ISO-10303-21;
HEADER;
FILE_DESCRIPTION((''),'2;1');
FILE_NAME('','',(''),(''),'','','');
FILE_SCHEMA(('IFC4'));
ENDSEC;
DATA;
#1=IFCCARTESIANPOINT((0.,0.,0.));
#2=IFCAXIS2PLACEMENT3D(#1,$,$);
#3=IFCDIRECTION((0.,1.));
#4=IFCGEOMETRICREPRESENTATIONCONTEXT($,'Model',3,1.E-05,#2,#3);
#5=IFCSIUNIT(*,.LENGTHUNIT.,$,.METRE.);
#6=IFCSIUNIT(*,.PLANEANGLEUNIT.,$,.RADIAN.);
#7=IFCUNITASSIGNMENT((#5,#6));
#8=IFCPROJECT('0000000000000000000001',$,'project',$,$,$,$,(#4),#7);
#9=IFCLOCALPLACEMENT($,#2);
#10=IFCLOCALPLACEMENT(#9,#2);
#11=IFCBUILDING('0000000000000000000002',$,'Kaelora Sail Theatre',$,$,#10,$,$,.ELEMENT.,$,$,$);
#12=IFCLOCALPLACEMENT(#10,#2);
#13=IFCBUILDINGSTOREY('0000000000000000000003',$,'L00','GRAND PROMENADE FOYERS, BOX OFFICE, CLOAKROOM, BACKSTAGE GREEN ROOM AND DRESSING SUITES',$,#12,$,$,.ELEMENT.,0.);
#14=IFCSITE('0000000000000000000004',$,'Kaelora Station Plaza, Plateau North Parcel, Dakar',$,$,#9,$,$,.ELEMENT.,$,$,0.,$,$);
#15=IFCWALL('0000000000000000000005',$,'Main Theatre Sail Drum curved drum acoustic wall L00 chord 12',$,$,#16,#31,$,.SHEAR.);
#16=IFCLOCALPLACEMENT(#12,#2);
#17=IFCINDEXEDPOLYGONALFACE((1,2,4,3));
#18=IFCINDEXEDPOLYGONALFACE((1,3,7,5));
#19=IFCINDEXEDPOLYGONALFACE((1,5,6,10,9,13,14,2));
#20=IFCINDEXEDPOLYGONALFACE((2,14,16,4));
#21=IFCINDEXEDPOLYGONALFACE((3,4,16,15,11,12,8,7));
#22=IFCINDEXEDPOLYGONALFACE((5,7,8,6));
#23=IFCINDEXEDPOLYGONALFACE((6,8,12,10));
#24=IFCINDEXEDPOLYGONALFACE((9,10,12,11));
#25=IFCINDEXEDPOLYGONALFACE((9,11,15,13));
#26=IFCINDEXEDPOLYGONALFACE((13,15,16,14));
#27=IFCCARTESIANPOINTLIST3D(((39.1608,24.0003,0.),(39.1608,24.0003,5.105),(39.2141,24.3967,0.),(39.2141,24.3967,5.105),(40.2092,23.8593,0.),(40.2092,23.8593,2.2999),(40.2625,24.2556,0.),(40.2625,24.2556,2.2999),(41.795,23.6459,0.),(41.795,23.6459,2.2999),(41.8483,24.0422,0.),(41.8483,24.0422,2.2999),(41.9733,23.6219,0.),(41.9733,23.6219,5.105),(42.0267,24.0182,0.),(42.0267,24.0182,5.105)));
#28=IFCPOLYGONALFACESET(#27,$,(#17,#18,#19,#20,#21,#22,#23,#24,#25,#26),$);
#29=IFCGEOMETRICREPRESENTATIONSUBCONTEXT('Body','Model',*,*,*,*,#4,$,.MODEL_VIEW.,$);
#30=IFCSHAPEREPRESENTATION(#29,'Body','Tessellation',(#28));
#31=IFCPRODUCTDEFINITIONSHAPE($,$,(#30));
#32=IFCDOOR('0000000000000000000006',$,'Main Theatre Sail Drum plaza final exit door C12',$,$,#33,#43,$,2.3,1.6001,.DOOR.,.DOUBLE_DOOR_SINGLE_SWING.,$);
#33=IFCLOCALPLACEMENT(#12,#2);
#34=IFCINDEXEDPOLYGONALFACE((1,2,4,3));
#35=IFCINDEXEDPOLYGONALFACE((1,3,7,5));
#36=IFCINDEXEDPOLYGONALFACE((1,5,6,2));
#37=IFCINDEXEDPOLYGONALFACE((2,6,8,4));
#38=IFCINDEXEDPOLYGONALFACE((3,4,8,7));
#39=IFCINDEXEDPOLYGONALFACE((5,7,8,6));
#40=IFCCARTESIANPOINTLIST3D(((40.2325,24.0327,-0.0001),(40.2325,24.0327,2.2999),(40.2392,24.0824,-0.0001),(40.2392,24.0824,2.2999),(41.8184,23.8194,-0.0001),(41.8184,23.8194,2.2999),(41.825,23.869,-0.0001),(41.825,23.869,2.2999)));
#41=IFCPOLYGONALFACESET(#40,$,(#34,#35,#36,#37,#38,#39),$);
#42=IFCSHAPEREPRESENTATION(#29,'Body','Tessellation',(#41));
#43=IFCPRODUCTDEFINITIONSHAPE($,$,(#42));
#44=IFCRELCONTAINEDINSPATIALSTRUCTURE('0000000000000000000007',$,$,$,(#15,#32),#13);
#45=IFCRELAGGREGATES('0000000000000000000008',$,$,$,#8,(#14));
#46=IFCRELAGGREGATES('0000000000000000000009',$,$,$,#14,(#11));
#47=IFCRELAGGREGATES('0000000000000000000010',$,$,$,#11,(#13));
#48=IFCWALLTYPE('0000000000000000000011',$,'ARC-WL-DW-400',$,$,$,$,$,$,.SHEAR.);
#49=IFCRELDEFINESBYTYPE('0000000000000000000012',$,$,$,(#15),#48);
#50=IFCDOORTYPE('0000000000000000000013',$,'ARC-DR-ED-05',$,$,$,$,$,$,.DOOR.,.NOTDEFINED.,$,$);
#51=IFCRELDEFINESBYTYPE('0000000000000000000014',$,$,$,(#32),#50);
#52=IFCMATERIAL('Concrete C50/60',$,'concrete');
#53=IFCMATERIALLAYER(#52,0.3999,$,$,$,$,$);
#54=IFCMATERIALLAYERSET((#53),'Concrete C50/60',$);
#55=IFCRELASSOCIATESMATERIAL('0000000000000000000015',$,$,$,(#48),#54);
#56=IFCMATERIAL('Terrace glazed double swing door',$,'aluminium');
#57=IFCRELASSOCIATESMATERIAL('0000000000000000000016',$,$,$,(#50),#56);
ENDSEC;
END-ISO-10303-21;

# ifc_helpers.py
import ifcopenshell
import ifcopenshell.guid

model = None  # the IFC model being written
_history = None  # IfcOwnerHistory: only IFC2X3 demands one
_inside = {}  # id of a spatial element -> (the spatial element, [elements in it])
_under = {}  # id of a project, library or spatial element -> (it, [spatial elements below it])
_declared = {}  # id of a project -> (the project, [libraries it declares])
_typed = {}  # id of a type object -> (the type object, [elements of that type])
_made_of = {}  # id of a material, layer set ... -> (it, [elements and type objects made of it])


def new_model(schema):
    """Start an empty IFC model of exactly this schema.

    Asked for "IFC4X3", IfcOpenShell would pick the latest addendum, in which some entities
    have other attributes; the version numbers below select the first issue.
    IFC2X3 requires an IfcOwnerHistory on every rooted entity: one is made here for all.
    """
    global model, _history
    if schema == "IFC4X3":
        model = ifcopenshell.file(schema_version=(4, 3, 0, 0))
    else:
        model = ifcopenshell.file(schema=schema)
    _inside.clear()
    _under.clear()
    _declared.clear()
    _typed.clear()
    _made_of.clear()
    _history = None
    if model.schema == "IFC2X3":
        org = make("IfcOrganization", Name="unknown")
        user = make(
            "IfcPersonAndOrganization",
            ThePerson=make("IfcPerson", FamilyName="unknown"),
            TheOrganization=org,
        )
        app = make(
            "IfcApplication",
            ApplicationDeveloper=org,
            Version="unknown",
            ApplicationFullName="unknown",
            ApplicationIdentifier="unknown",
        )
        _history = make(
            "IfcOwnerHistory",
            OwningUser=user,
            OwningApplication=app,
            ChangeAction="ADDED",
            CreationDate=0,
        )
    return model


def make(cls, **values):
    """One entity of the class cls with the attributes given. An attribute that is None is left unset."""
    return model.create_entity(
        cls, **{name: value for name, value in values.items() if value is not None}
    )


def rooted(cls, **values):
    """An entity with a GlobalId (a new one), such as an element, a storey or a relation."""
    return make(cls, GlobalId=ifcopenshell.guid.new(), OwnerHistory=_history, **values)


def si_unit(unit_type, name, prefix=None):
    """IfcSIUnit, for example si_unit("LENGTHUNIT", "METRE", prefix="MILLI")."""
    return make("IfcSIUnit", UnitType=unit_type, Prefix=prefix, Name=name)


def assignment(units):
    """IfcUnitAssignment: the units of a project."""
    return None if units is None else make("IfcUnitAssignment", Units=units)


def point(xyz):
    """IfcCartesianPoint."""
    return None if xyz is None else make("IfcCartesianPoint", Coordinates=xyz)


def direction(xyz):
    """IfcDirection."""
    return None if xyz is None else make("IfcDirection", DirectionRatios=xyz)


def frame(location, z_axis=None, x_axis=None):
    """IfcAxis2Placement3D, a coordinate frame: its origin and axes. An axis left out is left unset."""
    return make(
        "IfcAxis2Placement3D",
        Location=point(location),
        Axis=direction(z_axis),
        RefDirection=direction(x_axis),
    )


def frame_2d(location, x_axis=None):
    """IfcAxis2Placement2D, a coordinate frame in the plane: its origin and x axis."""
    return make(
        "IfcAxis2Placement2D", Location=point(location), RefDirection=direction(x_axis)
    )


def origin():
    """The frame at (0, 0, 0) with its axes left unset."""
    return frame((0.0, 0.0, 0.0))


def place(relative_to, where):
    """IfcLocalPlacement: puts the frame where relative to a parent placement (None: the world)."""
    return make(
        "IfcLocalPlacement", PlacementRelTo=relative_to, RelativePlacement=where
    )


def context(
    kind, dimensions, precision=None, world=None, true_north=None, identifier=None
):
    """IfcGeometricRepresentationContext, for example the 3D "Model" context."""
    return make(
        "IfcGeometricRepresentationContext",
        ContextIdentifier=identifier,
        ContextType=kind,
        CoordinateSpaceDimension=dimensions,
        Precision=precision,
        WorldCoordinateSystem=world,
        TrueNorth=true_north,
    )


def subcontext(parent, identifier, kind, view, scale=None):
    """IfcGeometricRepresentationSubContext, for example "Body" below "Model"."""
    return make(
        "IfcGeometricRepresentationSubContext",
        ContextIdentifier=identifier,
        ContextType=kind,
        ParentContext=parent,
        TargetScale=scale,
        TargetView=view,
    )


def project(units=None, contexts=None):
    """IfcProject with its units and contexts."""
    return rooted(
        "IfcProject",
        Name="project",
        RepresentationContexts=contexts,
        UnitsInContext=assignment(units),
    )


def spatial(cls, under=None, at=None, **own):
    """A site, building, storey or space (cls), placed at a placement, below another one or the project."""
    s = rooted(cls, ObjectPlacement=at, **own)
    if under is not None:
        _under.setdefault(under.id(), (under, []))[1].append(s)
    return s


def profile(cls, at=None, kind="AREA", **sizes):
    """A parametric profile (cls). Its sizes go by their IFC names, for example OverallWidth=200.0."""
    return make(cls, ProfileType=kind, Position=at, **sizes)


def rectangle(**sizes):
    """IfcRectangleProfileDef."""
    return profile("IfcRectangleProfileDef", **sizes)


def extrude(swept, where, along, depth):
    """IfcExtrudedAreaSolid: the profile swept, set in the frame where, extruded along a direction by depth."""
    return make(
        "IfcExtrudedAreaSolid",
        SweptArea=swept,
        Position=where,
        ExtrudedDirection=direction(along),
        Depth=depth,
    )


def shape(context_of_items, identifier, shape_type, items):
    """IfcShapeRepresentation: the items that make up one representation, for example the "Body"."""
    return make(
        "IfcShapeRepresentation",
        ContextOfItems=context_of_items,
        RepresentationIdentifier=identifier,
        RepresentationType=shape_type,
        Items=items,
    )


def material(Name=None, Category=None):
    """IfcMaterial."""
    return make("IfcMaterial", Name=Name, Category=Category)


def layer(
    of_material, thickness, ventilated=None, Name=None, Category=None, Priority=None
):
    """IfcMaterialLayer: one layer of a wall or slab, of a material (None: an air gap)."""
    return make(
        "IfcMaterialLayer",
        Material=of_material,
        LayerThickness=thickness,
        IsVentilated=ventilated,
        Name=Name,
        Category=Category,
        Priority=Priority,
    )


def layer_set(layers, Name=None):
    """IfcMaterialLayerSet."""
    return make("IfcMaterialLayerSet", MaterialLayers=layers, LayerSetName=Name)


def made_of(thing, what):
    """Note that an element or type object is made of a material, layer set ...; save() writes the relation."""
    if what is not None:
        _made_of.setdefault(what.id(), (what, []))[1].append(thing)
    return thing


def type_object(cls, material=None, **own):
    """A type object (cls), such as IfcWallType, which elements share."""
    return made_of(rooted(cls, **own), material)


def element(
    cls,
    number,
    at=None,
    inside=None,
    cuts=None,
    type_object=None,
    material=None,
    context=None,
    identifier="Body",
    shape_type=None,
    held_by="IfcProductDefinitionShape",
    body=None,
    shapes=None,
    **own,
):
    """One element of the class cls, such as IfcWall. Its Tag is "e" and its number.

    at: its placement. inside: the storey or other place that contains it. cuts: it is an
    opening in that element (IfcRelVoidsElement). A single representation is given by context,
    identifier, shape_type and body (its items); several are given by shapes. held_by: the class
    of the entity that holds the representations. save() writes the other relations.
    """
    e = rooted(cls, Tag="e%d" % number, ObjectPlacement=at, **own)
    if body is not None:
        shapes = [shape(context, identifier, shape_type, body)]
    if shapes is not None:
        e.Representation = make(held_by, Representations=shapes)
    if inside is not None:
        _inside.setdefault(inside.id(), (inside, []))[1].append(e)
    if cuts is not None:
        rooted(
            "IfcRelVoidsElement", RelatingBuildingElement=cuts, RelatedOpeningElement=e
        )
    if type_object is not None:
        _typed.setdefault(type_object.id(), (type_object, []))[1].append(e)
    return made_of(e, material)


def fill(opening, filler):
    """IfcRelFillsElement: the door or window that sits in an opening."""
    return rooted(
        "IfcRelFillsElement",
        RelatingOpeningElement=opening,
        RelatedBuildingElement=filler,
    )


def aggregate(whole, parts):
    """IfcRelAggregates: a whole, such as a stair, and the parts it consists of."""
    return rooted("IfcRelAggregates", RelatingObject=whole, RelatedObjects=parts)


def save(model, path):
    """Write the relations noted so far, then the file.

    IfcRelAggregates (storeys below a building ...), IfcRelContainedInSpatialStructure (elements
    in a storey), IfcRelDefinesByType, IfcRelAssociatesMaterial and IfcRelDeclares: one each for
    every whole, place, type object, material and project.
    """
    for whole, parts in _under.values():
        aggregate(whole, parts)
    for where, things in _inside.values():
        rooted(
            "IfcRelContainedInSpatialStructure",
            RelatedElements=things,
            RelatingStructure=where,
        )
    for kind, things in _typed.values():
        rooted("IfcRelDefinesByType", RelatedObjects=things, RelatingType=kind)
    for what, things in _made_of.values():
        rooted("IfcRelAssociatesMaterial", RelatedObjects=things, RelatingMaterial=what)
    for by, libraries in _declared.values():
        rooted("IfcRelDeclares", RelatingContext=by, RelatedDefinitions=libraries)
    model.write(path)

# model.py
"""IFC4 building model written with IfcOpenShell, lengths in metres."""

from ifc_helpers import new_model, si_unit, direction, frame, frame_2d, origin, place, context, subcontext, project, spatial, rectangle, extrude, material, layer, layer_set, type_object, element, fill, save


model = new_model("IFC4")

# Units and contexts
model_context = context("Model", 3, precision=1e-05, world=origin(), true_north=direction((0.0, 1.0)))
body_context = subcontext(model_context, "Body", "Model", "MODEL_VIEW")
ifc_project = project(units=[si_unit("LENGTHUNIT", "METRE"), si_unit("PLANEANGLEUNIT", "RADIAN")], contexts=[model_context])

# Site, building, storey
site_placement = place(None, origin())
site = spatial("IfcSite", under=ifc_project, at=site_placement, Name="Kaelora Station Plaza, Plateau North Parcel, Dakar", CompositionType="ELEMENT", RefElevation=0.0)
building_placement = place(site_placement, origin())
building = spatial("IfcBuilding", under=site, at=building_placement, Name="Kaelora Sail Theatre", CompositionType="ELEMENT")
storey_placement = place(building_placement, origin())
storey = spatial("IfcBuildingStorey", under=building, at=storey_placement, Name="L00", Description="GRAND PROMENADE FOYERS, BOX OFFICE, CLOAKROOM, BACKSTAGE GREEN ROOM AND DRESSING SUITES", CompositionType="ELEMENT", Elevation=0.0)

# Wall, opening, door
ifc_material_1 = material(Name="Concrete C50/60", Category="concrete")
ifc_layer = layer(ifc_material_1, 0.3999)
ifc_layer_set = layer_set([ifc_layer], Name="Concrete C50/60")
wall_type = type_object("IfcWallType", Name="ARC-WL-DW-400", PredefinedType="SHEAR", material=ifc_layer_set)
ifc_material_2 = material(Name="Terrace glazed double swing door", Category="aluminium")
door_type = type_object("IfcDoorType", Name="ARC-DR-ED-05", OperationType="NOTDEFINED", PredefinedType="DOOR", material=ifc_material_2)
wall_1_placement = place(storey_placement, frame((42.0, 23.8201, 0.0), z_axis=(0.0, 0.0, 1.0), x_axis=(-0.991069, 0.133347, 0.0)))
wall_1 = element("IfcWall", 1, at=wall_1_placement, inside=storey, type_object=wall_type, Name="Main Theatre Sail Drum curved drum acoustic wall L00 chord 12", PredefinedType="SHEAR", context=body_context, shape_type="SweptSolid", body=[
    extrude(rectangle(XDim=2.8379, YDim=0.3999, at=frame_2d((1.4189, 0.0))), origin(), (0.0, 0.0, 1.0), 5.105),
])
opening_1_placement = place(wall_1_placement, frame((0.1799, 0.0, 0.0)))
opening_1 = element("IfcOpeningElement", 2, at=opening_1_placement, cuts=wall_1, PredefinedType="OPENING", context=body_context, shape_type="SweptSolid", body=[
    extrude(rectangle(XDim=1.6001, YDim=2.3, at=frame_2d((0.8, 1.1499))), frame((0.0, 0.21, 0.0), z_axis=(0.0, -1.0, 0.0), x_axis=(1.0, 0.0, 0.0)), (0.0, 0.0, 1.0), 0.4199),
])
door_1_placement = place(opening_1_placement, origin())
door_1 = element("IfcDoor", 3, at=door_1_placement, inside=storey, type_object=door_type, Name="Main Theatre Sail Drum plaza final exit door C12", OperationType="DOUBLE_DOOR_SINGLE_SWING", OverallHeight=2.3, OverallWidth=1.6001, PredefinedType="DOOR", context=body_context, shape_type="SweptSolid", body=[
    extrude(rectangle(XDim=1.6001, YDim=2.3, at=frame_2d((0.8, 1.1499))), frame((0.0, 0.0249, 0.0), z_axis=(0.0, -1.0, 0.0), x_axis=(1.0, 0.0, 0.0)), (0.0, 0.0, 1.0), 0.05),
])
fill(opening_1, door_1)

save(model, "model.ifc")
